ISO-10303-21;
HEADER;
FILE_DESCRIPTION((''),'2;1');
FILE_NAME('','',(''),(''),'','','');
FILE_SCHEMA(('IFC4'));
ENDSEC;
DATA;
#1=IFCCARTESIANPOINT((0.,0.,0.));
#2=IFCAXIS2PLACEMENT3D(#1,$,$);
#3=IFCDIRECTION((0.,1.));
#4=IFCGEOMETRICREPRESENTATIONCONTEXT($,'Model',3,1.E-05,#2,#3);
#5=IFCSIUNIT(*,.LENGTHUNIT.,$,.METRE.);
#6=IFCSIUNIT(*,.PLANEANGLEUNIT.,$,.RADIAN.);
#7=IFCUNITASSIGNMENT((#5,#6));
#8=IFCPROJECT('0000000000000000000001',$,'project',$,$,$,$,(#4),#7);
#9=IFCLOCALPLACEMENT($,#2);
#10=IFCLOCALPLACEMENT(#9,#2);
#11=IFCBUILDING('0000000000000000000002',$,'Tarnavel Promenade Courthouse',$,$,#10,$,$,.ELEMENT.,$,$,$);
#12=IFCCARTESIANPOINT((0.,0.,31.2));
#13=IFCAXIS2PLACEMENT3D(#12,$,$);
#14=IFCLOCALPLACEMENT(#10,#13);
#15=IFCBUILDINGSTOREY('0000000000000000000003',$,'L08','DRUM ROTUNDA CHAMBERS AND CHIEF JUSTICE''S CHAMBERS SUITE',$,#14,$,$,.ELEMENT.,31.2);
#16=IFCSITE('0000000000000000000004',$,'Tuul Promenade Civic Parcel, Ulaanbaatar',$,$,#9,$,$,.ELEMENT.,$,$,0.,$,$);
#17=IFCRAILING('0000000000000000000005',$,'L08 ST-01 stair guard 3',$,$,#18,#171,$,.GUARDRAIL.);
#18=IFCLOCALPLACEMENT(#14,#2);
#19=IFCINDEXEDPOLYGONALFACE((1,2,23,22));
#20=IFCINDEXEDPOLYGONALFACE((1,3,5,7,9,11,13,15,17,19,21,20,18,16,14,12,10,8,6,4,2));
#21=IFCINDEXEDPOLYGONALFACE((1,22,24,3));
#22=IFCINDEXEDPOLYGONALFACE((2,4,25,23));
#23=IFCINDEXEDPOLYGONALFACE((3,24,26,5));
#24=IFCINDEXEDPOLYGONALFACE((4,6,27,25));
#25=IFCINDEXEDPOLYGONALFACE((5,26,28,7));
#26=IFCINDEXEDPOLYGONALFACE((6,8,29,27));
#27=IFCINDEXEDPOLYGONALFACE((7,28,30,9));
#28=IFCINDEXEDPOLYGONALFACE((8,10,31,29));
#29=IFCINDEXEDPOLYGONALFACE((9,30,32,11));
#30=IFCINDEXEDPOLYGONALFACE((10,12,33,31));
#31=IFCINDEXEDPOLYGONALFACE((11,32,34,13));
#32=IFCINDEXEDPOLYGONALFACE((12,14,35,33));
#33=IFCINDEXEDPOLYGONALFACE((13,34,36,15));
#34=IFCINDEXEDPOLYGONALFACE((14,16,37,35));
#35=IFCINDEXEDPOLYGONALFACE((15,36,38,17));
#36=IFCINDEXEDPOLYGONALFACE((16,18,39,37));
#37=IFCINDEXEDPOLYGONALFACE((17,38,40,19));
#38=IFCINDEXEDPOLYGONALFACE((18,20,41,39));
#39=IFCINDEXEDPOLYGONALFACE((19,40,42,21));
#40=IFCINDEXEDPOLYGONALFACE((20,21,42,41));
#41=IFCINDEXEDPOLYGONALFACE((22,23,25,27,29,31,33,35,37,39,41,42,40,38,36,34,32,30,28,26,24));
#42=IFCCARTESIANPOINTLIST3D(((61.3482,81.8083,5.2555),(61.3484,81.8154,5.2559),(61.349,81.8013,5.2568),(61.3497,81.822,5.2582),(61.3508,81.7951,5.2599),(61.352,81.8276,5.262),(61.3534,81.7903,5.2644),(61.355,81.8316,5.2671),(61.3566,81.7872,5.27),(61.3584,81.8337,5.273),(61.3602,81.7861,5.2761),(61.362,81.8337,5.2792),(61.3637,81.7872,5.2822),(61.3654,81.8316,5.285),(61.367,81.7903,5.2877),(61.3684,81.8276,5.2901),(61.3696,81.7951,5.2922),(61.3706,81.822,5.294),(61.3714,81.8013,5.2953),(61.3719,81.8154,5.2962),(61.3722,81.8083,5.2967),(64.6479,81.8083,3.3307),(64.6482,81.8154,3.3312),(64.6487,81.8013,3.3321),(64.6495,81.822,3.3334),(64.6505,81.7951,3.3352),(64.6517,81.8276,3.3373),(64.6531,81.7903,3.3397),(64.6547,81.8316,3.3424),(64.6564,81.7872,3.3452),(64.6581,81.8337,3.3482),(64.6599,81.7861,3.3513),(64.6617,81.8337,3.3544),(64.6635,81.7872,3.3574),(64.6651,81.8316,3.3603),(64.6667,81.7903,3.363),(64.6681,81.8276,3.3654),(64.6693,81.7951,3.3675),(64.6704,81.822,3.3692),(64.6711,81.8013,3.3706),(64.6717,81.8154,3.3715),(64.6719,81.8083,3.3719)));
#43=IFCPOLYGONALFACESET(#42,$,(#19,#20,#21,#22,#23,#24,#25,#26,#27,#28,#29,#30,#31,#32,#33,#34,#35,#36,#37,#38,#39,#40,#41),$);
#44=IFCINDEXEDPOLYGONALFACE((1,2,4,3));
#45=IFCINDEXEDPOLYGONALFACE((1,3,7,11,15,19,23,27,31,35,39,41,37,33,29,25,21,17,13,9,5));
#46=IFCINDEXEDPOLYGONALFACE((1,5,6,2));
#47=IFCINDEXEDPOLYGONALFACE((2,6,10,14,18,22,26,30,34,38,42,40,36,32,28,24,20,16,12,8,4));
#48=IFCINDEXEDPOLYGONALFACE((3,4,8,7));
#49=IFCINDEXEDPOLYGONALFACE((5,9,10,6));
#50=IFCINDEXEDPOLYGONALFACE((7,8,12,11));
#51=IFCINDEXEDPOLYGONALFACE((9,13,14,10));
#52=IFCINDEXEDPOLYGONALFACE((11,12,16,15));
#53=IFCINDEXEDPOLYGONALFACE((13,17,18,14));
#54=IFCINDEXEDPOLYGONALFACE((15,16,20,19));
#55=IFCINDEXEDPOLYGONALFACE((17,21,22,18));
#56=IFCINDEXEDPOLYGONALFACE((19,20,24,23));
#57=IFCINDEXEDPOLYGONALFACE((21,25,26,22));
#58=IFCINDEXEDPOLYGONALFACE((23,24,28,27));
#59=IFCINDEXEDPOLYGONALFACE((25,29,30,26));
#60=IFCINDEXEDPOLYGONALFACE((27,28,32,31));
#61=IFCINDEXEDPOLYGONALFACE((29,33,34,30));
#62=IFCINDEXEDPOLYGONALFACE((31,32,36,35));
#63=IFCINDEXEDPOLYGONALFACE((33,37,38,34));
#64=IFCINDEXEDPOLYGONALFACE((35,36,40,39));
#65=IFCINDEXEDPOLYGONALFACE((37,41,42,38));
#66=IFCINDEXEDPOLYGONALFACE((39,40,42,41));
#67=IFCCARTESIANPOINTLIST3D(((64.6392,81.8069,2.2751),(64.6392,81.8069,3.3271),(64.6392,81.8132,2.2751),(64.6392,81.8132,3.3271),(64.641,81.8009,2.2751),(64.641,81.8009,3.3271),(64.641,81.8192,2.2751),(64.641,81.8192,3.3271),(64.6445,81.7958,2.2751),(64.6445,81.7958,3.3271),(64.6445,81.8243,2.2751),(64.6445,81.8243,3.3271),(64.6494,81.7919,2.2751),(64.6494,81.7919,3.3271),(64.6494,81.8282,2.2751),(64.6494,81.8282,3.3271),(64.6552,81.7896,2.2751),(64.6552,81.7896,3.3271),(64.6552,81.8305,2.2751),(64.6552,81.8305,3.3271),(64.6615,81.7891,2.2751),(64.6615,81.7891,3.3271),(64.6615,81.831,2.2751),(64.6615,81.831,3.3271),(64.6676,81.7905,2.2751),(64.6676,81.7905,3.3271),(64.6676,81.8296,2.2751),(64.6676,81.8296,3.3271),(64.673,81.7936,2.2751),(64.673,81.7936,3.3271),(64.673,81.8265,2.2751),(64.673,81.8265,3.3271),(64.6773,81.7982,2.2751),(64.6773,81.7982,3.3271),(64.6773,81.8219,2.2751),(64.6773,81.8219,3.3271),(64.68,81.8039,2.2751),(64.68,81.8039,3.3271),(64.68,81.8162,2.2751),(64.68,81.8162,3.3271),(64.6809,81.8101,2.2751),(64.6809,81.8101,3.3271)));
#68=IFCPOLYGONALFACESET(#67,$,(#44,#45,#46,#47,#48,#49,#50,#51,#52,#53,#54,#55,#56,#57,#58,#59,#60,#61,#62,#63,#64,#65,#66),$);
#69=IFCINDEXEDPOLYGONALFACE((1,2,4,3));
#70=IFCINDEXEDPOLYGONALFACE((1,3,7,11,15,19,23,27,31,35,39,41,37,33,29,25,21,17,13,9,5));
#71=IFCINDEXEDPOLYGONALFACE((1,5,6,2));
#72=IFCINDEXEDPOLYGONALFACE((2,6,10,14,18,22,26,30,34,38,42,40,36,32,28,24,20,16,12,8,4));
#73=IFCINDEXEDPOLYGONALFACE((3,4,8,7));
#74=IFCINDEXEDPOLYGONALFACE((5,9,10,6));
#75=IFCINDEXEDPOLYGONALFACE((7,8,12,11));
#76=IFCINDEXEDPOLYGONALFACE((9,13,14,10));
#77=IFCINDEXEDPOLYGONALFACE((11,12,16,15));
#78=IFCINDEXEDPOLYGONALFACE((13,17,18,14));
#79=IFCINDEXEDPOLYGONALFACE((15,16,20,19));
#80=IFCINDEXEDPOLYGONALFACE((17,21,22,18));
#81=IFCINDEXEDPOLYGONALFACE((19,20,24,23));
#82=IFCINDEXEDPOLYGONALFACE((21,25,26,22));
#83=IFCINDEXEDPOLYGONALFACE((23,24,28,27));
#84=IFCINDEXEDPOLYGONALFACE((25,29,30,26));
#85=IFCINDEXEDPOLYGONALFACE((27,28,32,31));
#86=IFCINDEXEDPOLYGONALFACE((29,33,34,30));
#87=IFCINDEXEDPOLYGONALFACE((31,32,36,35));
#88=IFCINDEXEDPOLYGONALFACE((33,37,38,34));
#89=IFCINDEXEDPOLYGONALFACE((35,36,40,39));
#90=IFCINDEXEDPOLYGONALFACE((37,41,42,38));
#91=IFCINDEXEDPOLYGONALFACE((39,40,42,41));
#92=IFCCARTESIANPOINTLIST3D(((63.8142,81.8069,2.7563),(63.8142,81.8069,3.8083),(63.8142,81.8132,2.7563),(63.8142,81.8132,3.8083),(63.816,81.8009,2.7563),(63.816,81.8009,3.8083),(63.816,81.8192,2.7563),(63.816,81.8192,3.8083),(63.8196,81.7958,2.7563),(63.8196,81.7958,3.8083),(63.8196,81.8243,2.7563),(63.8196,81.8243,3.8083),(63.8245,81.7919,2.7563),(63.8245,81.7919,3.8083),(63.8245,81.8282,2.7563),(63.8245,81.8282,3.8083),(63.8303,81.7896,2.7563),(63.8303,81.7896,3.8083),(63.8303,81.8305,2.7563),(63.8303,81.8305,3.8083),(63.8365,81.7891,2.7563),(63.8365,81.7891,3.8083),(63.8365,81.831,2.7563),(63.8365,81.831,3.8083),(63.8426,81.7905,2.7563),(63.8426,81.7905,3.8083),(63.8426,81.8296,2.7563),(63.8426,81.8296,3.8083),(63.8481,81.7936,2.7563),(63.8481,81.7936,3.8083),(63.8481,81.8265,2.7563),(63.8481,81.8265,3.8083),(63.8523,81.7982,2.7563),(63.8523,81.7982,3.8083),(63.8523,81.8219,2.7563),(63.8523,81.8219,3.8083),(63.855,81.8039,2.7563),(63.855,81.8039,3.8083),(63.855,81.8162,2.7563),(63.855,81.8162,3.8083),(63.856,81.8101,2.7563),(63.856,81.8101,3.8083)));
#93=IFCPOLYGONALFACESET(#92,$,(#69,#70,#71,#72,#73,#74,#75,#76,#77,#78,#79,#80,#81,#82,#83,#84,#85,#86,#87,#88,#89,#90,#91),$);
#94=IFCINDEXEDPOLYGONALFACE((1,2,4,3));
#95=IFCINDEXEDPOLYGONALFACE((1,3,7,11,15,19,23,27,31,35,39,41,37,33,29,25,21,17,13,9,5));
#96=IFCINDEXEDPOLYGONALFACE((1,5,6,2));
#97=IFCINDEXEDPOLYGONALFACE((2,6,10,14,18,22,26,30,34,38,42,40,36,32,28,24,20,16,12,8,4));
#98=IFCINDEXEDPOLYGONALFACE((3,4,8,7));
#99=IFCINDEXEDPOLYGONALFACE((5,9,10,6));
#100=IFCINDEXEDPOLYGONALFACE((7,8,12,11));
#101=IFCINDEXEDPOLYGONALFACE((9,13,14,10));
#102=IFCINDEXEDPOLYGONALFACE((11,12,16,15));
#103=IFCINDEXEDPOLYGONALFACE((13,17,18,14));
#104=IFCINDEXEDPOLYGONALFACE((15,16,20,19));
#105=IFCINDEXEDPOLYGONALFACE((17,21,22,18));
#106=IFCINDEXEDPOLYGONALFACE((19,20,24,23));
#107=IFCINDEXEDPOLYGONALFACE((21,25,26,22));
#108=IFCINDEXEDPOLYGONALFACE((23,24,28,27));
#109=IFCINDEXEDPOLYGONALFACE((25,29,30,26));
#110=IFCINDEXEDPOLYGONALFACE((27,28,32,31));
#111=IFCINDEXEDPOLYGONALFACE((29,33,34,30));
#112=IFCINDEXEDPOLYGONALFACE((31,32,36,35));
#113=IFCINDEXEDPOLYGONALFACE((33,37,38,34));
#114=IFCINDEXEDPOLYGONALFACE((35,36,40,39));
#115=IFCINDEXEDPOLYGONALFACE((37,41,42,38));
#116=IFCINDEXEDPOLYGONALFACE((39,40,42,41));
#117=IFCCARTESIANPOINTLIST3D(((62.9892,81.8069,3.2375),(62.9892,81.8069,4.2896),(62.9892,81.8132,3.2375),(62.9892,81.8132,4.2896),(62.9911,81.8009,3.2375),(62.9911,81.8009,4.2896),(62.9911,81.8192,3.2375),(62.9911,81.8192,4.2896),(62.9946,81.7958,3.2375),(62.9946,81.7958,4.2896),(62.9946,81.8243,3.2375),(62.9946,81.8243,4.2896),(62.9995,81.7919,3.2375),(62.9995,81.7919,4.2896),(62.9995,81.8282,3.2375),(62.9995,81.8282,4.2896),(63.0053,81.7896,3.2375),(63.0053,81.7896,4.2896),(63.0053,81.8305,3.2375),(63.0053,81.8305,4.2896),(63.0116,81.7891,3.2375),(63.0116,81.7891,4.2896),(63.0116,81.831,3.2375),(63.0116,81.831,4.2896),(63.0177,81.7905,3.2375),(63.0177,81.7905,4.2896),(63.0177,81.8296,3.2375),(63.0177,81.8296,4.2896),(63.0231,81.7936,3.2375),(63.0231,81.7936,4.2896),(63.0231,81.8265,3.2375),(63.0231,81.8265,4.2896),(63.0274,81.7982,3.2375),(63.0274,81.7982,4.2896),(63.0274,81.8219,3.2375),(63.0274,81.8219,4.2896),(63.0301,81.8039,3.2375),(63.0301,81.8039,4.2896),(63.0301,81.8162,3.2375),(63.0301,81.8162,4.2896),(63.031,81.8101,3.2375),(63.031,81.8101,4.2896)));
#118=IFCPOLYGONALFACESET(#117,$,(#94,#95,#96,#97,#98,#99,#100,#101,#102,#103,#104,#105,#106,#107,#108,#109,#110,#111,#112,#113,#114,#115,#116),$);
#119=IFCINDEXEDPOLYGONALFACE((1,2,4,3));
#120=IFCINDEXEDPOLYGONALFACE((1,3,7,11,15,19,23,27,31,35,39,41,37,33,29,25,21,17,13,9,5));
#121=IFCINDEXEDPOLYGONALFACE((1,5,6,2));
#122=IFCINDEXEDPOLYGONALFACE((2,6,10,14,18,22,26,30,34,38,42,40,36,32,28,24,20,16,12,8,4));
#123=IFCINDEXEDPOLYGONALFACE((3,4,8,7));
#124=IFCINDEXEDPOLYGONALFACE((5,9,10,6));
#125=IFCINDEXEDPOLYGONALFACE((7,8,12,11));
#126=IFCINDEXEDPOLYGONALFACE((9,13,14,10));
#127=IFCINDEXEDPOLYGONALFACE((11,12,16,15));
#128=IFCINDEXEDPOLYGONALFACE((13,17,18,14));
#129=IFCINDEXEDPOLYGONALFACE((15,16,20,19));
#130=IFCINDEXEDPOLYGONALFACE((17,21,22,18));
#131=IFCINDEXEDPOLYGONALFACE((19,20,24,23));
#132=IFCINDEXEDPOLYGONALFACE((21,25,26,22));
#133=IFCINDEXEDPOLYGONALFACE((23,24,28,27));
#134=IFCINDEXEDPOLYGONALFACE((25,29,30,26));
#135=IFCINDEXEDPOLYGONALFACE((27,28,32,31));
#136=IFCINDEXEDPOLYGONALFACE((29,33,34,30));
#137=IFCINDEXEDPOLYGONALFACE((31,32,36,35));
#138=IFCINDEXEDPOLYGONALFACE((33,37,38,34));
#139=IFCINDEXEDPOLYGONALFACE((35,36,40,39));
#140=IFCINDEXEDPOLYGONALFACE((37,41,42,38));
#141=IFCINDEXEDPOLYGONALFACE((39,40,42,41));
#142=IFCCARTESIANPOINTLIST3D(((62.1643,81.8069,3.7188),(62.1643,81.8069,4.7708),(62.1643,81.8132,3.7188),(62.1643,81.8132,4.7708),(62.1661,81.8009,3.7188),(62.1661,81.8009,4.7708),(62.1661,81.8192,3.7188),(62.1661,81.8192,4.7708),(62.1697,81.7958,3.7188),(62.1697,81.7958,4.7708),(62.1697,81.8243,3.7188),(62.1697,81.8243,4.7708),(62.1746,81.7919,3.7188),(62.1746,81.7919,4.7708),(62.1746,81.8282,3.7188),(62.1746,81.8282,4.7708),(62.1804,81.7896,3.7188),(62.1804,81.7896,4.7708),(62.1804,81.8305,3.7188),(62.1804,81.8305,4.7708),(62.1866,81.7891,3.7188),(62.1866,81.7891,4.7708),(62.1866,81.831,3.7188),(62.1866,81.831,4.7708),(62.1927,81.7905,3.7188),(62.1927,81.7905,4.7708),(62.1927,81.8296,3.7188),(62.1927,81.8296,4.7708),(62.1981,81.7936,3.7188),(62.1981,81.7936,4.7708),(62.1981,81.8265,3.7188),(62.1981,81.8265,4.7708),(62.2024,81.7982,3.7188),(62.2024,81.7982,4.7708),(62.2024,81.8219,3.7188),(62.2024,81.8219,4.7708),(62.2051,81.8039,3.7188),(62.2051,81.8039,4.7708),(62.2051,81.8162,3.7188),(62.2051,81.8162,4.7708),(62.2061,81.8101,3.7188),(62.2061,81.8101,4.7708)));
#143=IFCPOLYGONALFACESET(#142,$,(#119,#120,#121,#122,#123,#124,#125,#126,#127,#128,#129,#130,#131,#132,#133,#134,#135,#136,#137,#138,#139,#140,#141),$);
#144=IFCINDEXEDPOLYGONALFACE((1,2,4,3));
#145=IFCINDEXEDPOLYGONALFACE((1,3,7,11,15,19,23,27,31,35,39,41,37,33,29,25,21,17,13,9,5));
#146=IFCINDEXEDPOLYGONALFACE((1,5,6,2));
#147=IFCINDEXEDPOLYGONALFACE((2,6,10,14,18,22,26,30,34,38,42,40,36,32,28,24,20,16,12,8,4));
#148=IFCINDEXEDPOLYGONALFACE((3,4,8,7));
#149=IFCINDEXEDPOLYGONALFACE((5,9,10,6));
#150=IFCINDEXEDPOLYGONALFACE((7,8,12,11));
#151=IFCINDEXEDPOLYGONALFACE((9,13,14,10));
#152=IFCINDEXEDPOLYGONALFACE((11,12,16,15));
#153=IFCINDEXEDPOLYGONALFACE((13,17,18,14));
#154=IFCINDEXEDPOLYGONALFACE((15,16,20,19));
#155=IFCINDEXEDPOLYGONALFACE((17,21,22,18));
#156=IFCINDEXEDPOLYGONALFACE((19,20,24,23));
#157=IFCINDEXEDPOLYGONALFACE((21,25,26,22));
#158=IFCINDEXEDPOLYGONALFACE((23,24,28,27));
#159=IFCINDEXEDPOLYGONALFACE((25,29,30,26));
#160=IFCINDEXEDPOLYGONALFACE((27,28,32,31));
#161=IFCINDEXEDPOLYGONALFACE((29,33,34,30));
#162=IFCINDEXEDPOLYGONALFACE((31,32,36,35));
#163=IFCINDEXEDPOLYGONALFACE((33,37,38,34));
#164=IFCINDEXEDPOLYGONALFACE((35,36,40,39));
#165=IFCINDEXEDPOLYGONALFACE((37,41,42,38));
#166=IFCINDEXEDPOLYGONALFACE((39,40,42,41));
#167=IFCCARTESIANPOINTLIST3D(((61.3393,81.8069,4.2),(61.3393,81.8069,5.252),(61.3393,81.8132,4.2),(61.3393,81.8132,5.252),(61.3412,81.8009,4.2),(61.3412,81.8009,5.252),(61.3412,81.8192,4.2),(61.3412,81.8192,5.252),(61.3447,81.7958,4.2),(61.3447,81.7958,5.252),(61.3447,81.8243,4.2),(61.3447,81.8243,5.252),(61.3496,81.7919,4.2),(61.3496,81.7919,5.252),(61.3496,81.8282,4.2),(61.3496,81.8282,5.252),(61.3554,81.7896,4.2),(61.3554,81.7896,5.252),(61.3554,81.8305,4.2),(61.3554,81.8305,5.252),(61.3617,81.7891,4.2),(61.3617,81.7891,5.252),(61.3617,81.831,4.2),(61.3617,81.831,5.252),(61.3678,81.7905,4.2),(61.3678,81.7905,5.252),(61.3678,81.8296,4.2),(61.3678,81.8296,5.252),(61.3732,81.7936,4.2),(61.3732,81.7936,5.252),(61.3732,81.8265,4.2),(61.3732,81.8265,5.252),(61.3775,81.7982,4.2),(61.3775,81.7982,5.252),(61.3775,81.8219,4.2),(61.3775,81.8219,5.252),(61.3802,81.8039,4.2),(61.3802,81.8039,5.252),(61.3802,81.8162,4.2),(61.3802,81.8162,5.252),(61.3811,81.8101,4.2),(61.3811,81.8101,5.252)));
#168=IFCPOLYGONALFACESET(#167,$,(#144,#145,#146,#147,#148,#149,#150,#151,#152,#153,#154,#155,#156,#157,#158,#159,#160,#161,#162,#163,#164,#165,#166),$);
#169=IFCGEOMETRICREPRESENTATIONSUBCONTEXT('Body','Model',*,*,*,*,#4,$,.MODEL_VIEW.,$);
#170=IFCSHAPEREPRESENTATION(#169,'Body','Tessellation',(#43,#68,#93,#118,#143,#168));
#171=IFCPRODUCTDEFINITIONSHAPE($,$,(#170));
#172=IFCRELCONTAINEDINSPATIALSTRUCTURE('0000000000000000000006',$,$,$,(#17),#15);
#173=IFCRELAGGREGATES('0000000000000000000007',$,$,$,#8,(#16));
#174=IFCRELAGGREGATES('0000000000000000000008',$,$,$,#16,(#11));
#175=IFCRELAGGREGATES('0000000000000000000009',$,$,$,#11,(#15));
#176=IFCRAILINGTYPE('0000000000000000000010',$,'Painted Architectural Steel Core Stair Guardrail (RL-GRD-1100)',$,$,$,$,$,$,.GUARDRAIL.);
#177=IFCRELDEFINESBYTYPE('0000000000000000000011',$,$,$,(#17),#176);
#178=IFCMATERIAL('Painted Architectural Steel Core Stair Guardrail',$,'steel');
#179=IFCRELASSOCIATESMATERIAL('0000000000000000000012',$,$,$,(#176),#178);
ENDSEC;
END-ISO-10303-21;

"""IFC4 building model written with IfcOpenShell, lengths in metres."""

from ifc_helpers import new_model, si_unit, direction, frame, origin, origin_2d, place, context, subcontext, project, spatial, circle, extrude, material, type_object, element, save


model = new_model("IFC4")

# Units and contexts
model_context = context("Model", 3, precision=1e-05, world=origin(), true_north=direction((0.0, 1.0)))
body_context = subcontext(model_context, "Body", "Model", "MODEL_VIEW")
ifc_project = project(units=[si_unit("LENGTHUNIT", "METRE"), si_unit("PLANEANGLEUNIT", "RADIAN")], contexts=[model_context])

# Site, building, storey
site_placement = place(None, origin())
site = spatial("IfcSite", under=ifc_project, at=site_placement, Name="Tuul Promenade Civic Parcel, Ulaanbaatar", CompositionType="ELEMENT", RefElevation=0.0)
building_placement = place(site_placement, origin())
building = spatial("IfcBuilding", under=site, at=building_placement, Name="Tarnavel Promenade Courthouse", CompositionType="ELEMENT")
storey_placement = place(building_placement, frame((0.0, 0.0, 31.2)))
storey = spatial("IfcBuildingStorey", under=building, at=storey_placement, Name="L08", Description="DRUM ROTUNDA CHAMBERS AND CHIEF JUSTICE'S CHAMBERS SUITE", CompositionType="ELEMENT", Elevation=31.2)

# Railing
ifc_material_1 = material(Name="Painted Architectural Steel Core Stair Guardrail", Category="steel")
railing_type_1 = type_object("IfcRailingType", Name="Painted Architectural Steel Core Stair Guardrail (RL-GRD-1100)", PredefinedType="GUARDRAIL", material=ifc_material_1)
railing_1_placement = place(storey_placement, frame((64.6599, 81.8101, 2.2751)))
element("IfcRailing", 1, at=railing_1_placement, inside=storey, type_object=railing_type_1, Name="L08 ST-01 stair guard 3", PredefinedType="GUARDRAIL", context=body_context, shape_type="SweptSolid", body=[
    extrude(circle(Radius=0.0239, at=origin_2d()), frame((0.0, 0.0, 1.0762), z_axis=(-0.863788, 0.0, 0.503855), x_axis=(0.0, -1.0, 0.0)), (0.0, 0.0, 1.0), 3.8201),
    extrude(circle(Radius=0.021, at=origin_2d()), origin(), (0.0, 0.0, 1.0), 1.052),
    extrude(circle(Radius=0.021, at=origin_2d()), frame((-0.825, 0.0, 0.4812)), (0.0, 0.0, 1.0), 1.052),
    extrude(circle(Radius=0.021, at=origin_2d()), frame((-1.6499, 0.0, 0.9624)), (0.0, 0.0, 1.0), 1.052),
    extrude(circle(Radius=0.021, at=origin_2d()), frame((-2.4749, 0.0, 1.4436)), (0.0, 0.0, 1.0), 1.052),
    extrude(circle(Radius=0.021, at=origin_2d()), frame((-3.2998, 0.0, 1.9248)), (0.0, 0.0, 1.0), 1.052),
])

save(model, "model.ifc")
